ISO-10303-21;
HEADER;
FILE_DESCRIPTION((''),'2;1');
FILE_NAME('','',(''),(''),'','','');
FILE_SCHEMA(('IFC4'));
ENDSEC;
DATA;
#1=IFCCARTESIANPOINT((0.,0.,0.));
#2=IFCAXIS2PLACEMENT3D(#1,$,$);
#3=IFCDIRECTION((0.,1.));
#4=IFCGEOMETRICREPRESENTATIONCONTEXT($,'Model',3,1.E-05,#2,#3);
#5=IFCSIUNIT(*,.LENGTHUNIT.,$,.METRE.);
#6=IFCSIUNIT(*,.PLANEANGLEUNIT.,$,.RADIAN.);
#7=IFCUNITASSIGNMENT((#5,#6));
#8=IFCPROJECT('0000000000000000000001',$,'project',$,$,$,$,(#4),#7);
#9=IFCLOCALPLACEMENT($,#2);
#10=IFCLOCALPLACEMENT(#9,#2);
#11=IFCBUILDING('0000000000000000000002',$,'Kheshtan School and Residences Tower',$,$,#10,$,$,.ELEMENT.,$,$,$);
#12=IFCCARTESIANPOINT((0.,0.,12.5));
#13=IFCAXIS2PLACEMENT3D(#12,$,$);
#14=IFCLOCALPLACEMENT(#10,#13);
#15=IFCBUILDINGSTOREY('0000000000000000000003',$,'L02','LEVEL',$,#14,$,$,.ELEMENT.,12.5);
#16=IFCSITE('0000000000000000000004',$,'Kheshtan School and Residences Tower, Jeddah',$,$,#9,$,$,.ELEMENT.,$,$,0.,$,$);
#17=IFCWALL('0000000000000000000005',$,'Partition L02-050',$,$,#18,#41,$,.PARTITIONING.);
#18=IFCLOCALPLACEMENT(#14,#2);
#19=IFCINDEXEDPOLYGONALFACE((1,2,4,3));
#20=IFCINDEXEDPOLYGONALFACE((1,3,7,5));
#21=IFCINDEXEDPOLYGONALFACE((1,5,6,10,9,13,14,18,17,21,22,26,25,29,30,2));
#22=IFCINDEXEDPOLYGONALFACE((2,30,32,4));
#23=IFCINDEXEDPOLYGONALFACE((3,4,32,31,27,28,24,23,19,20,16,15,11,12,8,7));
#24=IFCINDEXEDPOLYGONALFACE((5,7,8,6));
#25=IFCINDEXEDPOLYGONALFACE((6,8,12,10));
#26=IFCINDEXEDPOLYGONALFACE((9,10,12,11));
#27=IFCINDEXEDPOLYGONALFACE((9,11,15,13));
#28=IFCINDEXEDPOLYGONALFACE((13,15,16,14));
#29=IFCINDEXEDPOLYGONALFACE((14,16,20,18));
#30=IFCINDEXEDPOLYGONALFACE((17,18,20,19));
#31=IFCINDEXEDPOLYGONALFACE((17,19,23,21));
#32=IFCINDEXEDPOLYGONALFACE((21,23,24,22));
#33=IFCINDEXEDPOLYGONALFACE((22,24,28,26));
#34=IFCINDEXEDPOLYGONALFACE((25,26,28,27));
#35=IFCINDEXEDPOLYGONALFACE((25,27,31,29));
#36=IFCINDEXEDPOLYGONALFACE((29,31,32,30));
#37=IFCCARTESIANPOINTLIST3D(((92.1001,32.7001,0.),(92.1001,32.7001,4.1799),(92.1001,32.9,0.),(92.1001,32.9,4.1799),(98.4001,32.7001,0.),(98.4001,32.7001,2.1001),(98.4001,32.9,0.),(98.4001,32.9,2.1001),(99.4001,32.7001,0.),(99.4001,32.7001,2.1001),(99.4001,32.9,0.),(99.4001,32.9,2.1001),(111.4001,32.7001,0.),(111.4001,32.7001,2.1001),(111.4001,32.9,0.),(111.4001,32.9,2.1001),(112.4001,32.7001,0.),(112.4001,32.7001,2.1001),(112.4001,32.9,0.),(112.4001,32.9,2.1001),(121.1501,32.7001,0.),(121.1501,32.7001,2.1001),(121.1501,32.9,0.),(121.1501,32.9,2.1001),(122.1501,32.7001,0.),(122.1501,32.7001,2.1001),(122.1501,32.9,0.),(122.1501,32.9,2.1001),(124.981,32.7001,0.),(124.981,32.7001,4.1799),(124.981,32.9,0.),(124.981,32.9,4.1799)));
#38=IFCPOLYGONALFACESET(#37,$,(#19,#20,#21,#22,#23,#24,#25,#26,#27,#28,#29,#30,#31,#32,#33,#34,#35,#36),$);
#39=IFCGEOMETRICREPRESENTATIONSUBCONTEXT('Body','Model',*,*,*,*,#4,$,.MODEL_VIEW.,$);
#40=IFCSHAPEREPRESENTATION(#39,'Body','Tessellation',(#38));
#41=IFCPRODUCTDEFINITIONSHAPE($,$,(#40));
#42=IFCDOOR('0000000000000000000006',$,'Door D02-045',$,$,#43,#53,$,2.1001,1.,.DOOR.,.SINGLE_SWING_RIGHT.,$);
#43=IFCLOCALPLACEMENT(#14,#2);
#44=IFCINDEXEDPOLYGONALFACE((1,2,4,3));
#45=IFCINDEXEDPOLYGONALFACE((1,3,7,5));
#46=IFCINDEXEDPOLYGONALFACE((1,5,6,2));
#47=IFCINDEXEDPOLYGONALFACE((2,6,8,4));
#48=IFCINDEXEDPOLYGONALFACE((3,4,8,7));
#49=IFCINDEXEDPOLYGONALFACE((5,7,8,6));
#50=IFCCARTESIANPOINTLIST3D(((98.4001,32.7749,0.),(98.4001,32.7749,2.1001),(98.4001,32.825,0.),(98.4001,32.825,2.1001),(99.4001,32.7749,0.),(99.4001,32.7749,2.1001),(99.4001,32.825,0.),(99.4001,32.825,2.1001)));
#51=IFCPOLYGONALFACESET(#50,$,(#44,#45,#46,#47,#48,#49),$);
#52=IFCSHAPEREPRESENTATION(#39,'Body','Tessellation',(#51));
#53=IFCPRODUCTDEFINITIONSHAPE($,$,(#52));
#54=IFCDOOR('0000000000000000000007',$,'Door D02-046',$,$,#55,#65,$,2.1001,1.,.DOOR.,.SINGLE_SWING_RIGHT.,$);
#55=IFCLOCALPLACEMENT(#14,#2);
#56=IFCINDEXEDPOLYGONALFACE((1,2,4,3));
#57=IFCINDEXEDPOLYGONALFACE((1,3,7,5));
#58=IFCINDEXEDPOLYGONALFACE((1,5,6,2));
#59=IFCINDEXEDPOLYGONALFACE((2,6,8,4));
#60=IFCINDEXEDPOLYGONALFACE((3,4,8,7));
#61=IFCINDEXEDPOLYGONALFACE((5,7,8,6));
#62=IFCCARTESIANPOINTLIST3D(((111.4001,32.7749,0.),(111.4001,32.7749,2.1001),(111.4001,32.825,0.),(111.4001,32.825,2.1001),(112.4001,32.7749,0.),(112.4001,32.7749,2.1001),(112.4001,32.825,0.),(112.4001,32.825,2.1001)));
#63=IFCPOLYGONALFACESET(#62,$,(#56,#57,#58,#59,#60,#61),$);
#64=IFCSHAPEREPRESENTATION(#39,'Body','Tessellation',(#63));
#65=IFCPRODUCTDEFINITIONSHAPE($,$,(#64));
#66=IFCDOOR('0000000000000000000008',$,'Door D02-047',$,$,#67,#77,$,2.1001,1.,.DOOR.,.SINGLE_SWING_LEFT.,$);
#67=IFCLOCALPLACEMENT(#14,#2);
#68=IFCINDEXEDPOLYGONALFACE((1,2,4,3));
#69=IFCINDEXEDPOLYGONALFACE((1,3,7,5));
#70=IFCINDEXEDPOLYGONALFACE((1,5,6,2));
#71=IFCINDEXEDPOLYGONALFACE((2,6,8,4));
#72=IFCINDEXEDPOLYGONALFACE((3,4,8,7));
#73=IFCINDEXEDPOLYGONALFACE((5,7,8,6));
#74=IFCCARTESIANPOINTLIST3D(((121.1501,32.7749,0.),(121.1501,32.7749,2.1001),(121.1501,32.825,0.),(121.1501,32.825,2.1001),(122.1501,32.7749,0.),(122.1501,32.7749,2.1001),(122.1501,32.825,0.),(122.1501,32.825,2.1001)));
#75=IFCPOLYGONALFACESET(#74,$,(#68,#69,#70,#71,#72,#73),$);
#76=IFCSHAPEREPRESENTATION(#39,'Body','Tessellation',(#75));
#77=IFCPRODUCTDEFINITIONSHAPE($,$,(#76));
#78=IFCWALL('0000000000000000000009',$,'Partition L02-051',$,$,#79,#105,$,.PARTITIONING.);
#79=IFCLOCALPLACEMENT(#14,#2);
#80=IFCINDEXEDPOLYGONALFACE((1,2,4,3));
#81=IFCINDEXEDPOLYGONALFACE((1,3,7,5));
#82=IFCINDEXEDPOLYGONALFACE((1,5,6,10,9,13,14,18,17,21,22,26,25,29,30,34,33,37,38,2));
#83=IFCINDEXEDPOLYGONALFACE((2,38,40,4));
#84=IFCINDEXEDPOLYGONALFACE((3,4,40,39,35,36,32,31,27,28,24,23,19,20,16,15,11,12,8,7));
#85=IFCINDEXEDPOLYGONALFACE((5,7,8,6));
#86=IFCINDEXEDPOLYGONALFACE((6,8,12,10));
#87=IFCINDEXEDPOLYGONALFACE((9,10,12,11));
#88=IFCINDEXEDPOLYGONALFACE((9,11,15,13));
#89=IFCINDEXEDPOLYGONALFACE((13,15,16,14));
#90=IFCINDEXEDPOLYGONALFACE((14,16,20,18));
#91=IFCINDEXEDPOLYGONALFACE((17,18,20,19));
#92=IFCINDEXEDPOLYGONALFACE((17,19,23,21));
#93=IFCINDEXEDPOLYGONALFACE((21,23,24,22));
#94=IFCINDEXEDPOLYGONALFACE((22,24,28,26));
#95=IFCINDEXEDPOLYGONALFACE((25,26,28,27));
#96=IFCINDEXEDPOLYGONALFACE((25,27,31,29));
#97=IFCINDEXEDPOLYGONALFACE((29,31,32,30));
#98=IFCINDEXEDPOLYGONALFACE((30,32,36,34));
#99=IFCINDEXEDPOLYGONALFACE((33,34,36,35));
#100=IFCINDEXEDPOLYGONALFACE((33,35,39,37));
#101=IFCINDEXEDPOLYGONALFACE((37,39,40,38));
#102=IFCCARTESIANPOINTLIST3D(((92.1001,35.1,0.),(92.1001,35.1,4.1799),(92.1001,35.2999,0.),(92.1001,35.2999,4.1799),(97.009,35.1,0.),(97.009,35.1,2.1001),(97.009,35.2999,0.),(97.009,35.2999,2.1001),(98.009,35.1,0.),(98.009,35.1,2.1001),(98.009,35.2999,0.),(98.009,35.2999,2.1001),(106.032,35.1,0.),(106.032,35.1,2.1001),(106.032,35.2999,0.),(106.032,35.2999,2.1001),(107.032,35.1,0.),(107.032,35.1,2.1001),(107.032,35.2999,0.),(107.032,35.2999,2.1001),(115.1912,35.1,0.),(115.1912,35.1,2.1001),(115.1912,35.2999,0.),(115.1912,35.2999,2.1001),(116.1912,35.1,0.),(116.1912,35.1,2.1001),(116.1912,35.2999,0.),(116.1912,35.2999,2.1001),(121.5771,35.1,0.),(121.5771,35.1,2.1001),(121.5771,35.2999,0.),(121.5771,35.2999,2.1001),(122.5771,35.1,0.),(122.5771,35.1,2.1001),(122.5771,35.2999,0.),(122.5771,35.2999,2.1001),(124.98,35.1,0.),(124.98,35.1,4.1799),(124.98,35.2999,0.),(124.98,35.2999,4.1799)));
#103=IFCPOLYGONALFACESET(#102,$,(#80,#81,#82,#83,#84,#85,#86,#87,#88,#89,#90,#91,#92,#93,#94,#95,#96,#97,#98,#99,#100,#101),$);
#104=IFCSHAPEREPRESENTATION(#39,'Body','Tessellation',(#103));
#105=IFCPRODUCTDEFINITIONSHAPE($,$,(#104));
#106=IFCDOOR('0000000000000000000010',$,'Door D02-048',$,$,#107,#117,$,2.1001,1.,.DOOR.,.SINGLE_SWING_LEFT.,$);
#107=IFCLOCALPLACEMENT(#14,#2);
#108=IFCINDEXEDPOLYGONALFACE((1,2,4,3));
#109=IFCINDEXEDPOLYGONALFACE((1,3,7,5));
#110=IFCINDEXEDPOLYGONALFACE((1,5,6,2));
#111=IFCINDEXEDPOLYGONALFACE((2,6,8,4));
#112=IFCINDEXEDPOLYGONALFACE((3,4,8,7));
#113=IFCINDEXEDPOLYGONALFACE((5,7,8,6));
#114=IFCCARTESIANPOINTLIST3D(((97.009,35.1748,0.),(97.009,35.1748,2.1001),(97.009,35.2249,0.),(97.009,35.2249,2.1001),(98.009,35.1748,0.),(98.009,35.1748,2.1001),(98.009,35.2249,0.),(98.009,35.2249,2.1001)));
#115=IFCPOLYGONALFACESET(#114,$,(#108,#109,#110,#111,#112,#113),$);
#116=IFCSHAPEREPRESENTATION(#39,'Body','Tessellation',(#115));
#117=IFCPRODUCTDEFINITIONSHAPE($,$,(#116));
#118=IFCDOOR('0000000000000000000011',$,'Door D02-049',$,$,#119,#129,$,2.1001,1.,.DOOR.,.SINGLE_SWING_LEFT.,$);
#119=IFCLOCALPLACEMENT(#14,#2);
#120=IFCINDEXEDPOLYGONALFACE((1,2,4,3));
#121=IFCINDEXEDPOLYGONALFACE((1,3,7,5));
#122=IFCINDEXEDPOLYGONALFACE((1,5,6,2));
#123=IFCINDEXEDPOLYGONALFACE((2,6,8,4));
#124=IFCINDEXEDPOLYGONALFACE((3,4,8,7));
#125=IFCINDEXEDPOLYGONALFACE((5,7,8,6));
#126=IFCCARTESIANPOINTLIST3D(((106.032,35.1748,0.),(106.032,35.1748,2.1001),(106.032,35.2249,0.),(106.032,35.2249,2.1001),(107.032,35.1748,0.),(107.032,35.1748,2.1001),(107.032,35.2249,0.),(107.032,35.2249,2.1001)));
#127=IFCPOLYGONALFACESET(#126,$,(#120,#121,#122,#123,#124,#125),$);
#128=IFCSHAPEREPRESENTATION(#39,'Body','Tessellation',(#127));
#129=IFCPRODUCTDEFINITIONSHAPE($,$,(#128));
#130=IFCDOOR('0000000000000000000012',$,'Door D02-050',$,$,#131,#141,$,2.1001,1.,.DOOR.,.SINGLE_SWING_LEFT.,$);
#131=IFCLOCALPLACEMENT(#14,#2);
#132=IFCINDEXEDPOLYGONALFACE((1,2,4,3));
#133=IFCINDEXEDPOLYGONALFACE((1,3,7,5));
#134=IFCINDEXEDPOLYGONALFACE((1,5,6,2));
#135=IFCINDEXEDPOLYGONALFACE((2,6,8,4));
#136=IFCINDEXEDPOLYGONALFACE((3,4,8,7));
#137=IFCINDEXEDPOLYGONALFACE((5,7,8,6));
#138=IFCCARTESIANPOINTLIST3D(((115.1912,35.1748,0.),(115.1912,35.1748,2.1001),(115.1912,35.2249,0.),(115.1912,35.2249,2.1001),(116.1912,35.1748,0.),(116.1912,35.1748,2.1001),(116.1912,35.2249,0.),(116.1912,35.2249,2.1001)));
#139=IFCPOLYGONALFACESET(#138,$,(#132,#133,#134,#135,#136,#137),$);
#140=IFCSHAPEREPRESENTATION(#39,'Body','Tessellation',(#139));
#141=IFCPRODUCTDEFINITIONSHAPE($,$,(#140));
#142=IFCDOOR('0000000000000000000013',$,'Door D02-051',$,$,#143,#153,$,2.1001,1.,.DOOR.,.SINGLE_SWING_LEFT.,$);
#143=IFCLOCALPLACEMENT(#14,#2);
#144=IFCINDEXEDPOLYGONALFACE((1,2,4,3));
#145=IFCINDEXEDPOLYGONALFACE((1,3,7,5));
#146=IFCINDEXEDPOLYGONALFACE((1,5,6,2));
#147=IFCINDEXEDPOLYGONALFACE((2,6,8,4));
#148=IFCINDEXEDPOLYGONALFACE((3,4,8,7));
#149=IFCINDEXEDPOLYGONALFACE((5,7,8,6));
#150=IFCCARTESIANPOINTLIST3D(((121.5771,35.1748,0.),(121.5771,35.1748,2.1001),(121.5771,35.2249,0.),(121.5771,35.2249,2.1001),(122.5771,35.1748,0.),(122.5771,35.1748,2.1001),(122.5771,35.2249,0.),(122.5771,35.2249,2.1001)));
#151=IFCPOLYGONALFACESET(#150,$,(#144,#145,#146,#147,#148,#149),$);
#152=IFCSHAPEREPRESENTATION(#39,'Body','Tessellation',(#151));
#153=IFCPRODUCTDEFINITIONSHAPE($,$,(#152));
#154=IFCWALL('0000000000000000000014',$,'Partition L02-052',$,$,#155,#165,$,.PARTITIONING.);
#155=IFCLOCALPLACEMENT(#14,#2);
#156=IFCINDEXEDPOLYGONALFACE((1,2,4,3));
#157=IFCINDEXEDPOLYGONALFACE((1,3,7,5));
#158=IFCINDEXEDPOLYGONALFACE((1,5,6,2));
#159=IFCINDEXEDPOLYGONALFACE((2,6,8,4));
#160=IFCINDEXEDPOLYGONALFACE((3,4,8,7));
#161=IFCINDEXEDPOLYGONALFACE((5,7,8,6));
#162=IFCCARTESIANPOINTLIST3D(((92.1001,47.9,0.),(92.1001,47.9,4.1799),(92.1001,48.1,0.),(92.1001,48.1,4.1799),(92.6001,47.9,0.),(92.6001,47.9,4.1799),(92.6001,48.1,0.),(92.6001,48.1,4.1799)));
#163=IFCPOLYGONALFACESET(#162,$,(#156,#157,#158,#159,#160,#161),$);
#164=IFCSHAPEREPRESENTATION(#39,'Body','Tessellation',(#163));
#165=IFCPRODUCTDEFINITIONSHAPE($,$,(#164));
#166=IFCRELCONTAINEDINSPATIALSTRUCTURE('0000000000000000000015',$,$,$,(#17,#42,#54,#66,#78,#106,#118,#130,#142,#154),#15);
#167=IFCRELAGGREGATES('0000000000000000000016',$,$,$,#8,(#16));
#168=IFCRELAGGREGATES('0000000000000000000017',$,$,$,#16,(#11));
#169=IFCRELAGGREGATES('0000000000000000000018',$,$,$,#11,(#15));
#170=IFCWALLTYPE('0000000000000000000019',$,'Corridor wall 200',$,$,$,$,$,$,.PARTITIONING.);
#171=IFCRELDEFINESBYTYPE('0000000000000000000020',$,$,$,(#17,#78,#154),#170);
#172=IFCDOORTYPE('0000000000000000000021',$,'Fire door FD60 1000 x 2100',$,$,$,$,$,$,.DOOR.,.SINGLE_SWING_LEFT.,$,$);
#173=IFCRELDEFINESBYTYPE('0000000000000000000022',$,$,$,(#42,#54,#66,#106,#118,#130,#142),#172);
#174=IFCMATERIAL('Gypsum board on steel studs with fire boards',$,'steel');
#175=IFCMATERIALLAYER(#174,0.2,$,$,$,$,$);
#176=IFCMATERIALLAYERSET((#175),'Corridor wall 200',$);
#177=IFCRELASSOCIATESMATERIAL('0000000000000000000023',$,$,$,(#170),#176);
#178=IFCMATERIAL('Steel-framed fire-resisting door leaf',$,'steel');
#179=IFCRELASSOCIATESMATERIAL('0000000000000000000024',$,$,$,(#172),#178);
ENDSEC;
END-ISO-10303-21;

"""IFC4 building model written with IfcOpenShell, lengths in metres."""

from ifc_helpers import new_model, si_unit, direction, frame, frame_2d, origin, place, context, subcontext, project, spatial, rectangle, extrude, source, transform, mapped, material, layer, layer_set, type_object, element, fill, save


model = new_model("IFC4")

# Units and contexts
model_context = context("Model", 3, precision=1e-05, world=origin(), true_north=direction((0.0, 1.0)))
body_context = subcontext(model_context, "Body", "Model", "MODEL_VIEW")
ifc_project = project(units=[si_unit("LENGTHUNIT", "METRE"), si_unit("PLANEANGLEUNIT", "RADIAN")], contexts=[model_context])

# Site, building, storey
site_placement = place(None, origin())
site = spatial("IfcSite", under=ifc_project, at=site_placement, Name="Kheshtan School and Residences Tower, Jeddah", CompositionType="ELEMENT", RefElevation=0.0)
building_placement = place(site_placement, origin())
building = spatial("IfcBuilding", under=site, at=building_placement, Name="Kheshtan School and Residences Tower", CompositionType="ELEMENT")
storey_placement = place(building_placement, frame((0.0, 0.0, 12.5)))
storey = spatial("IfcBuildingStorey", under=building, at=storey_placement, Name="L02", Description="LEVEL", CompositionType="ELEMENT", Elevation=12.5)

# Shared definitions
ifc_material_1 = material(Name="Gypsum board on steel studs with fire boards", Category="steel")
ifc_layer_1 = layer(ifc_material_1, 0.2)
ifc_layer_set_1 = layer_set([ifc_layer_1], Name="Corridor wall 200")
wall_type_1 = type_object("IfcWallType", Name="Corridor wall 200", PredefinedType="PARTITIONING", material=ifc_layer_set_1)

# Walls, openings, doors
wall_1_placement = place(storey_placement, frame((92.1001, 32.8, 0.0), z_axis=(0.0, 0.0, 1.0), x_axis=(1.0, 0.0, 0.0)))
wall_1 = element("IfcWall", 1, at=wall_1_placement, inside=storey, type_object=wall_type_1, Name="Partition L02-050", PredefinedType="PARTITIONING", context=body_context, shape_type="SweptSolid", body=[
    extrude(rectangle(XDim=32.8809, YDim=0.2, at=frame_2d((16.4404, 0.0))), origin(), (0.0, 0.0, 1.0), 4.1799),
])
opening_1_placement = place(wall_1_placement, frame((6.3, 0.0, 0.0)))
opening_1 = element("IfcOpeningElement", 2, at=opening_1_placement, cuts=wall_1, PredefinedType="OPENING", context=body_context, shape_type="SweptSolid", body=[
    extrude(rectangle(XDim=1.0, YDim=2.1001, at=frame_2d((0.5, 1.05))), frame((0.0, 0.1099, 0.0), z_axis=(0.0, -1.0, 0.0), x_axis=(1.0, 0.0, 0.0)), (0.0, 0.0, 1.0), 0.22),
])
opening_2_placement = place(wall_1_placement, frame((19.3, 0.0, 0.0)))
opening_2 = element("IfcOpeningElement", 3, at=opening_2_placement, cuts=wall_1, PredefinedType="OPENING", context=body_context, shape_type="SweptSolid", body=[
    extrude(rectangle(XDim=1.0, YDim=2.1001, at=frame_2d((0.5, 1.05))), frame((0.0, 0.1099, 0.0), z_axis=(0.0, -1.0, 0.0), x_axis=(1.0, 0.0, 0.0)), (0.0, 0.0, 1.0), 0.22),
])
opening_3_placement = place(wall_1_placement, frame((29.05, 0.0, 0.0)))
opening_3 = element("IfcOpeningElement", 4, at=opening_3_placement, cuts=wall_1, PredefinedType="OPENING", context=body_context, shape_type="SweptSolid", body=[
    extrude(rectangle(XDim=1.0, YDim=2.1001, at=frame_2d((0.5, 1.05))), frame((0.0, 0.1099, 0.0), z_axis=(0.0, -1.0, 0.0), x_axis=(1.0, 0.0, 0.0)), (0.0, 0.0, 1.0), 0.22),
])
ifc_material_2 = material(Name="Steel-framed fire-resisting door leaf", Category="steel")
door_type_1 = type_object("IfcDoorType", Name="Fire door FD60 1000 x 2100", OperationType="SINGLE_SWING_LEFT", PredefinedType="DOOR", material=ifc_material_2)
shared_shape_1 = source(origin(), body_context, "Body", "SweptSolid", [
    extrude(rectangle(XDim=1.0, YDim=2.1001, at=frame_2d((0.5, 1.05))), frame((0.0, 0.0249, 0.0), z_axis=(0.0, -1.0, 0.0), x_axis=(1.0, 0.0, 0.0)), (0.0, 0.0, 1.0), 0.05),
])
door_1_placement = place(opening_1_placement, origin())
door_1 = element("IfcDoor", 5, at=door_1_placement, inside=storey, type_object=door_type_1, Name="Door D02-045", OperationType="SINGLE_SWING_RIGHT", OverallHeight=2.1001, OverallWidth=1.0, PredefinedType="DOOR", context=body_context, shape_type="MappedRepresentation", body=[
    mapped(shared_shape_1, transform((0.0, 0.0, 0.0), x_axis=(1.0, 0.0, 0.0), y_axis=(0.0, 1.0, 0.0), z_axis=(0.0, 0.0, 1.0), scale=1.0)),
])
fill(opening_1, door_1)
door_2_placement = place(opening_2_placement, origin())
door_2 = element("IfcDoor", 6, at=door_2_placement, inside=storey, type_object=door_type_1, Name="Door D02-046", OperationType="SINGLE_SWING_RIGHT", OverallHeight=2.1001, OverallWidth=1.0, PredefinedType="DOOR", context=body_context, shape_type="MappedRepresentation", body=[
    mapped(shared_shape_1, transform((0.0, 0.0, 0.0), x_axis=(1.0, 0.0, 0.0), y_axis=(0.0, 1.0, 0.0), z_axis=(0.0, 0.0, 1.0), scale=1.0)),
])
fill(opening_2, door_2)
door_3_placement = place(opening_3_placement, origin())
door_3 = element("IfcDoor", 7, at=door_3_placement, inside=storey, type_object=door_type_1, Name="Door D02-047", OperationType="SINGLE_SWING_LEFT", OverallHeight=2.1001, OverallWidth=1.0, PredefinedType="DOOR", context=body_context, shape_type="MappedRepresentation", body=[
    mapped(shared_shape_1, transform((0.0, 0.0, 0.0), x_axis=(1.0, 0.0, 0.0), y_axis=(0.0, 1.0, 0.0), z_axis=(0.0, 0.0, 1.0), scale=1.0)),
])
fill(opening_3, door_3)
wall_2_placement = place(storey_placement, frame((92.1001, 35.2, 0.0), z_axis=(0.0, 0.0, 1.0), x_axis=(1.0, 0.0, 0.0)))
wall_2 = element("IfcWall", 8, at=wall_2_placement, inside=storey, type_object=wall_type_1, Name="Partition L02-051", PredefinedType="PARTITIONING", context=body_context, shape_type="SweptSolid", body=[
    extrude(rectangle(XDim=32.8799, YDim=0.2, at=frame_2d((16.4399, 0.0))), origin(), (0.0, 0.0, 1.0), 4.1799),
])
opening_4_placement = place(wall_2_placement, frame((4.9089, 0.0, 0.0)))
opening_4 = element("IfcOpeningElement", 9, at=opening_4_placement, cuts=wall_2, PredefinedType="OPENING", context=body_context, shape_type="SweptSolid", body=[
    extrude(rectangle(XDim=1.0, YDim=2.1001, at=frame_2d((0.5, 1.05))), frame((0.0, 0.1099, 0.0), z_axis=(0.0, -1.0, 0.0), x_axis=(1.0, 0.0, 0.0)), (0.0, 0.0, 1.0), 0.22),
])
opening_5_placement = place(wall_2_placement, frame((13.9319, 0.0, 0.0)))
opening_5 = element("IfcOpeningElement", 10, at=opening_5_placement, cuts=wall_2, PredefinedType="OPENING", context=body_context, shape_type="SweptSolid", body=[
    extrude(rectangle(XDim=1.0, YDim=2.1001, at=frame_2d((0.5, 1.05))), frame((0.0, 0.1099, 0.0), z_axis=(0.0, -1.0, 0.0), x_axis=(1.0, 0.0, 0.0)), (0.0, 0.0, 1.0), 0.22),
])
opening_6_placement = place(wall_2_placement, frame((23.0911, 0.0, 0.0)))
opening_6 = element("IfcOpeningElement", 11, at=opening_6_placement, cuts=wall_2, PredefinedType="OPENING", context=body_context, shape_type="SweptSolid", body=[
    extrude(rectangle(XDim=1.0, YDim=2.1001, at=frame_2d((0.5, 1.05))), frame((0.0, 0.1099, 0.0), z_axis=(0.0, -1.0, 0.0), x_axis=(1.0, 0.0, 0.0)), (0.0, 0.0, 1.0), 0.22),
])
opening_7_placement = place(wall_2_placement, frame((29.4771, 0.0, 0.0)))
opening_7 = element("IfcOpeningElement", 12, at=opening_7_placement, cuts=wall_2, PredefinedType="OPENING", context=body_context, shape_type="SweptSolid", body=[
    extrude(rectangle(XDim=1.0, YDim=2.1001, at=frame_2d((0.5, 1.05))), frame((0.0, 0.1099, 0.0), z_axis=(0.0, -1.0, 0.0), x_axis=(1.0, 0.0, 0.0)), (0.0, 0.0, 1.0), 0.22),
])
door_4_placement = place(opening_4_placement, origin())
door_4 = element("IfcDoor", 13, at=door_4_placement, inside=storey, type_object=door_type_1, Name="Door D02-048", OperationType="SINGLE_SWING_LEFT", OverallHeight=2.1001, OverallWidth=1.0, PredefinedType="DOOR", context=body_context, shape_type="MappedRepresentation", body=[
    mapped(shared_shape_1, transform((0.0, 0.0, 0.0), x_axis=(1.0, 0.0, 0.0), y_axis=(0.0, 1.0, 0.0), z_axis=(0.0, 0.0, 1.0), scale=1.0)),
])
fill(opening_4, door_4)
door_5_placement = place(opening_5_placement, origin())
door_5 = element("IfcDoor", 14, at=door_5_placement, inside=storey, type_object=door_type_1, Name="Door D02-049", OperationType="SINGLE_SWING_LEFT", OverallHeight=2.1001, OverallWidth=1.0, PredefinedType="DOOR", context=body_context, shape_type="MappedRepresentation", body=[
    mapped(shared_shape_1, transform((0.0, 0.0, 0.0), x_axis=(1.0, 0.0, 0.0), y_axis=(0.0, 1.0, 0.0), z_axis=(0.0, 0.0, 1.0), scale=1.0)),
])
fill(opening_5, door_5)
door_6_placement = place(opening_6_placement, origin())
door_6 = element("IfcDoor", 15, at=door_6_placement, inside=storey, type_object=door_type_1, Name="Door D02-050", OperationType="SINGLE_SWING_LEFT", OverallHeight=2.1001, OverallWidth=1.0, PredefinedType="DOOR", context=body_context, shape_type="MappedRepresentation", body=[
    mapped(shared_shape_1, transform((0.0, 0.0, 0.0), x_axis=(1.0, 0.0, 0.0), y_axis=(0.0, 1.0, 0.0), z_axis=(0.0, 0.0, 1.0), scale=1.0)),
])
fill(opening_6, door_6)
door_7_placement = place(opening_7_placement, origin())
door_7 = element("IfcDoor", 16, at=door_7_placement, inside=storey, type_object=door_type_1, Name="Door D02-051", OperationType="SINGLE_SWING_LEFT", OverallHeight=2.1001, OverallWidth=1.0, PredefinedType="DOOR", context=body_context, shape_type="MappedRepresentation", body=[
    mapped(shared_shape_1, transform((0.0, 0.0, 0.0), x_axis=(1.0, 0.0, 0.0), y_axis=(0.0, 1.0, 0.0), z_axis=(0.0, 0.0, 1.0), scale=1.0)),
])
fill(opening_7, door_7)

# Wall
wall_3_placement = place(storey_placement, frame((92.1001, 48.0, 0.0), z_axis=(0.0, 0.0, 1.0), x_axis=(1.0, 0.0, 0.0)))
element("IfcWall", 17, at=wall_3_placement, inside=storey, type_object=wall_type_1, Name="Partition L02-052", PredefinedType="PARTITIONING", context=body_context, shape_type="SweptSolid", body=[
    extrude(rectangle(XDim=0.5, YDim=0.2, at=frame_2d((0.25, 0.0))), origin(), (0.0, 0.0, 1.0), 4.1799),
])

save(model, "model.ifc")
